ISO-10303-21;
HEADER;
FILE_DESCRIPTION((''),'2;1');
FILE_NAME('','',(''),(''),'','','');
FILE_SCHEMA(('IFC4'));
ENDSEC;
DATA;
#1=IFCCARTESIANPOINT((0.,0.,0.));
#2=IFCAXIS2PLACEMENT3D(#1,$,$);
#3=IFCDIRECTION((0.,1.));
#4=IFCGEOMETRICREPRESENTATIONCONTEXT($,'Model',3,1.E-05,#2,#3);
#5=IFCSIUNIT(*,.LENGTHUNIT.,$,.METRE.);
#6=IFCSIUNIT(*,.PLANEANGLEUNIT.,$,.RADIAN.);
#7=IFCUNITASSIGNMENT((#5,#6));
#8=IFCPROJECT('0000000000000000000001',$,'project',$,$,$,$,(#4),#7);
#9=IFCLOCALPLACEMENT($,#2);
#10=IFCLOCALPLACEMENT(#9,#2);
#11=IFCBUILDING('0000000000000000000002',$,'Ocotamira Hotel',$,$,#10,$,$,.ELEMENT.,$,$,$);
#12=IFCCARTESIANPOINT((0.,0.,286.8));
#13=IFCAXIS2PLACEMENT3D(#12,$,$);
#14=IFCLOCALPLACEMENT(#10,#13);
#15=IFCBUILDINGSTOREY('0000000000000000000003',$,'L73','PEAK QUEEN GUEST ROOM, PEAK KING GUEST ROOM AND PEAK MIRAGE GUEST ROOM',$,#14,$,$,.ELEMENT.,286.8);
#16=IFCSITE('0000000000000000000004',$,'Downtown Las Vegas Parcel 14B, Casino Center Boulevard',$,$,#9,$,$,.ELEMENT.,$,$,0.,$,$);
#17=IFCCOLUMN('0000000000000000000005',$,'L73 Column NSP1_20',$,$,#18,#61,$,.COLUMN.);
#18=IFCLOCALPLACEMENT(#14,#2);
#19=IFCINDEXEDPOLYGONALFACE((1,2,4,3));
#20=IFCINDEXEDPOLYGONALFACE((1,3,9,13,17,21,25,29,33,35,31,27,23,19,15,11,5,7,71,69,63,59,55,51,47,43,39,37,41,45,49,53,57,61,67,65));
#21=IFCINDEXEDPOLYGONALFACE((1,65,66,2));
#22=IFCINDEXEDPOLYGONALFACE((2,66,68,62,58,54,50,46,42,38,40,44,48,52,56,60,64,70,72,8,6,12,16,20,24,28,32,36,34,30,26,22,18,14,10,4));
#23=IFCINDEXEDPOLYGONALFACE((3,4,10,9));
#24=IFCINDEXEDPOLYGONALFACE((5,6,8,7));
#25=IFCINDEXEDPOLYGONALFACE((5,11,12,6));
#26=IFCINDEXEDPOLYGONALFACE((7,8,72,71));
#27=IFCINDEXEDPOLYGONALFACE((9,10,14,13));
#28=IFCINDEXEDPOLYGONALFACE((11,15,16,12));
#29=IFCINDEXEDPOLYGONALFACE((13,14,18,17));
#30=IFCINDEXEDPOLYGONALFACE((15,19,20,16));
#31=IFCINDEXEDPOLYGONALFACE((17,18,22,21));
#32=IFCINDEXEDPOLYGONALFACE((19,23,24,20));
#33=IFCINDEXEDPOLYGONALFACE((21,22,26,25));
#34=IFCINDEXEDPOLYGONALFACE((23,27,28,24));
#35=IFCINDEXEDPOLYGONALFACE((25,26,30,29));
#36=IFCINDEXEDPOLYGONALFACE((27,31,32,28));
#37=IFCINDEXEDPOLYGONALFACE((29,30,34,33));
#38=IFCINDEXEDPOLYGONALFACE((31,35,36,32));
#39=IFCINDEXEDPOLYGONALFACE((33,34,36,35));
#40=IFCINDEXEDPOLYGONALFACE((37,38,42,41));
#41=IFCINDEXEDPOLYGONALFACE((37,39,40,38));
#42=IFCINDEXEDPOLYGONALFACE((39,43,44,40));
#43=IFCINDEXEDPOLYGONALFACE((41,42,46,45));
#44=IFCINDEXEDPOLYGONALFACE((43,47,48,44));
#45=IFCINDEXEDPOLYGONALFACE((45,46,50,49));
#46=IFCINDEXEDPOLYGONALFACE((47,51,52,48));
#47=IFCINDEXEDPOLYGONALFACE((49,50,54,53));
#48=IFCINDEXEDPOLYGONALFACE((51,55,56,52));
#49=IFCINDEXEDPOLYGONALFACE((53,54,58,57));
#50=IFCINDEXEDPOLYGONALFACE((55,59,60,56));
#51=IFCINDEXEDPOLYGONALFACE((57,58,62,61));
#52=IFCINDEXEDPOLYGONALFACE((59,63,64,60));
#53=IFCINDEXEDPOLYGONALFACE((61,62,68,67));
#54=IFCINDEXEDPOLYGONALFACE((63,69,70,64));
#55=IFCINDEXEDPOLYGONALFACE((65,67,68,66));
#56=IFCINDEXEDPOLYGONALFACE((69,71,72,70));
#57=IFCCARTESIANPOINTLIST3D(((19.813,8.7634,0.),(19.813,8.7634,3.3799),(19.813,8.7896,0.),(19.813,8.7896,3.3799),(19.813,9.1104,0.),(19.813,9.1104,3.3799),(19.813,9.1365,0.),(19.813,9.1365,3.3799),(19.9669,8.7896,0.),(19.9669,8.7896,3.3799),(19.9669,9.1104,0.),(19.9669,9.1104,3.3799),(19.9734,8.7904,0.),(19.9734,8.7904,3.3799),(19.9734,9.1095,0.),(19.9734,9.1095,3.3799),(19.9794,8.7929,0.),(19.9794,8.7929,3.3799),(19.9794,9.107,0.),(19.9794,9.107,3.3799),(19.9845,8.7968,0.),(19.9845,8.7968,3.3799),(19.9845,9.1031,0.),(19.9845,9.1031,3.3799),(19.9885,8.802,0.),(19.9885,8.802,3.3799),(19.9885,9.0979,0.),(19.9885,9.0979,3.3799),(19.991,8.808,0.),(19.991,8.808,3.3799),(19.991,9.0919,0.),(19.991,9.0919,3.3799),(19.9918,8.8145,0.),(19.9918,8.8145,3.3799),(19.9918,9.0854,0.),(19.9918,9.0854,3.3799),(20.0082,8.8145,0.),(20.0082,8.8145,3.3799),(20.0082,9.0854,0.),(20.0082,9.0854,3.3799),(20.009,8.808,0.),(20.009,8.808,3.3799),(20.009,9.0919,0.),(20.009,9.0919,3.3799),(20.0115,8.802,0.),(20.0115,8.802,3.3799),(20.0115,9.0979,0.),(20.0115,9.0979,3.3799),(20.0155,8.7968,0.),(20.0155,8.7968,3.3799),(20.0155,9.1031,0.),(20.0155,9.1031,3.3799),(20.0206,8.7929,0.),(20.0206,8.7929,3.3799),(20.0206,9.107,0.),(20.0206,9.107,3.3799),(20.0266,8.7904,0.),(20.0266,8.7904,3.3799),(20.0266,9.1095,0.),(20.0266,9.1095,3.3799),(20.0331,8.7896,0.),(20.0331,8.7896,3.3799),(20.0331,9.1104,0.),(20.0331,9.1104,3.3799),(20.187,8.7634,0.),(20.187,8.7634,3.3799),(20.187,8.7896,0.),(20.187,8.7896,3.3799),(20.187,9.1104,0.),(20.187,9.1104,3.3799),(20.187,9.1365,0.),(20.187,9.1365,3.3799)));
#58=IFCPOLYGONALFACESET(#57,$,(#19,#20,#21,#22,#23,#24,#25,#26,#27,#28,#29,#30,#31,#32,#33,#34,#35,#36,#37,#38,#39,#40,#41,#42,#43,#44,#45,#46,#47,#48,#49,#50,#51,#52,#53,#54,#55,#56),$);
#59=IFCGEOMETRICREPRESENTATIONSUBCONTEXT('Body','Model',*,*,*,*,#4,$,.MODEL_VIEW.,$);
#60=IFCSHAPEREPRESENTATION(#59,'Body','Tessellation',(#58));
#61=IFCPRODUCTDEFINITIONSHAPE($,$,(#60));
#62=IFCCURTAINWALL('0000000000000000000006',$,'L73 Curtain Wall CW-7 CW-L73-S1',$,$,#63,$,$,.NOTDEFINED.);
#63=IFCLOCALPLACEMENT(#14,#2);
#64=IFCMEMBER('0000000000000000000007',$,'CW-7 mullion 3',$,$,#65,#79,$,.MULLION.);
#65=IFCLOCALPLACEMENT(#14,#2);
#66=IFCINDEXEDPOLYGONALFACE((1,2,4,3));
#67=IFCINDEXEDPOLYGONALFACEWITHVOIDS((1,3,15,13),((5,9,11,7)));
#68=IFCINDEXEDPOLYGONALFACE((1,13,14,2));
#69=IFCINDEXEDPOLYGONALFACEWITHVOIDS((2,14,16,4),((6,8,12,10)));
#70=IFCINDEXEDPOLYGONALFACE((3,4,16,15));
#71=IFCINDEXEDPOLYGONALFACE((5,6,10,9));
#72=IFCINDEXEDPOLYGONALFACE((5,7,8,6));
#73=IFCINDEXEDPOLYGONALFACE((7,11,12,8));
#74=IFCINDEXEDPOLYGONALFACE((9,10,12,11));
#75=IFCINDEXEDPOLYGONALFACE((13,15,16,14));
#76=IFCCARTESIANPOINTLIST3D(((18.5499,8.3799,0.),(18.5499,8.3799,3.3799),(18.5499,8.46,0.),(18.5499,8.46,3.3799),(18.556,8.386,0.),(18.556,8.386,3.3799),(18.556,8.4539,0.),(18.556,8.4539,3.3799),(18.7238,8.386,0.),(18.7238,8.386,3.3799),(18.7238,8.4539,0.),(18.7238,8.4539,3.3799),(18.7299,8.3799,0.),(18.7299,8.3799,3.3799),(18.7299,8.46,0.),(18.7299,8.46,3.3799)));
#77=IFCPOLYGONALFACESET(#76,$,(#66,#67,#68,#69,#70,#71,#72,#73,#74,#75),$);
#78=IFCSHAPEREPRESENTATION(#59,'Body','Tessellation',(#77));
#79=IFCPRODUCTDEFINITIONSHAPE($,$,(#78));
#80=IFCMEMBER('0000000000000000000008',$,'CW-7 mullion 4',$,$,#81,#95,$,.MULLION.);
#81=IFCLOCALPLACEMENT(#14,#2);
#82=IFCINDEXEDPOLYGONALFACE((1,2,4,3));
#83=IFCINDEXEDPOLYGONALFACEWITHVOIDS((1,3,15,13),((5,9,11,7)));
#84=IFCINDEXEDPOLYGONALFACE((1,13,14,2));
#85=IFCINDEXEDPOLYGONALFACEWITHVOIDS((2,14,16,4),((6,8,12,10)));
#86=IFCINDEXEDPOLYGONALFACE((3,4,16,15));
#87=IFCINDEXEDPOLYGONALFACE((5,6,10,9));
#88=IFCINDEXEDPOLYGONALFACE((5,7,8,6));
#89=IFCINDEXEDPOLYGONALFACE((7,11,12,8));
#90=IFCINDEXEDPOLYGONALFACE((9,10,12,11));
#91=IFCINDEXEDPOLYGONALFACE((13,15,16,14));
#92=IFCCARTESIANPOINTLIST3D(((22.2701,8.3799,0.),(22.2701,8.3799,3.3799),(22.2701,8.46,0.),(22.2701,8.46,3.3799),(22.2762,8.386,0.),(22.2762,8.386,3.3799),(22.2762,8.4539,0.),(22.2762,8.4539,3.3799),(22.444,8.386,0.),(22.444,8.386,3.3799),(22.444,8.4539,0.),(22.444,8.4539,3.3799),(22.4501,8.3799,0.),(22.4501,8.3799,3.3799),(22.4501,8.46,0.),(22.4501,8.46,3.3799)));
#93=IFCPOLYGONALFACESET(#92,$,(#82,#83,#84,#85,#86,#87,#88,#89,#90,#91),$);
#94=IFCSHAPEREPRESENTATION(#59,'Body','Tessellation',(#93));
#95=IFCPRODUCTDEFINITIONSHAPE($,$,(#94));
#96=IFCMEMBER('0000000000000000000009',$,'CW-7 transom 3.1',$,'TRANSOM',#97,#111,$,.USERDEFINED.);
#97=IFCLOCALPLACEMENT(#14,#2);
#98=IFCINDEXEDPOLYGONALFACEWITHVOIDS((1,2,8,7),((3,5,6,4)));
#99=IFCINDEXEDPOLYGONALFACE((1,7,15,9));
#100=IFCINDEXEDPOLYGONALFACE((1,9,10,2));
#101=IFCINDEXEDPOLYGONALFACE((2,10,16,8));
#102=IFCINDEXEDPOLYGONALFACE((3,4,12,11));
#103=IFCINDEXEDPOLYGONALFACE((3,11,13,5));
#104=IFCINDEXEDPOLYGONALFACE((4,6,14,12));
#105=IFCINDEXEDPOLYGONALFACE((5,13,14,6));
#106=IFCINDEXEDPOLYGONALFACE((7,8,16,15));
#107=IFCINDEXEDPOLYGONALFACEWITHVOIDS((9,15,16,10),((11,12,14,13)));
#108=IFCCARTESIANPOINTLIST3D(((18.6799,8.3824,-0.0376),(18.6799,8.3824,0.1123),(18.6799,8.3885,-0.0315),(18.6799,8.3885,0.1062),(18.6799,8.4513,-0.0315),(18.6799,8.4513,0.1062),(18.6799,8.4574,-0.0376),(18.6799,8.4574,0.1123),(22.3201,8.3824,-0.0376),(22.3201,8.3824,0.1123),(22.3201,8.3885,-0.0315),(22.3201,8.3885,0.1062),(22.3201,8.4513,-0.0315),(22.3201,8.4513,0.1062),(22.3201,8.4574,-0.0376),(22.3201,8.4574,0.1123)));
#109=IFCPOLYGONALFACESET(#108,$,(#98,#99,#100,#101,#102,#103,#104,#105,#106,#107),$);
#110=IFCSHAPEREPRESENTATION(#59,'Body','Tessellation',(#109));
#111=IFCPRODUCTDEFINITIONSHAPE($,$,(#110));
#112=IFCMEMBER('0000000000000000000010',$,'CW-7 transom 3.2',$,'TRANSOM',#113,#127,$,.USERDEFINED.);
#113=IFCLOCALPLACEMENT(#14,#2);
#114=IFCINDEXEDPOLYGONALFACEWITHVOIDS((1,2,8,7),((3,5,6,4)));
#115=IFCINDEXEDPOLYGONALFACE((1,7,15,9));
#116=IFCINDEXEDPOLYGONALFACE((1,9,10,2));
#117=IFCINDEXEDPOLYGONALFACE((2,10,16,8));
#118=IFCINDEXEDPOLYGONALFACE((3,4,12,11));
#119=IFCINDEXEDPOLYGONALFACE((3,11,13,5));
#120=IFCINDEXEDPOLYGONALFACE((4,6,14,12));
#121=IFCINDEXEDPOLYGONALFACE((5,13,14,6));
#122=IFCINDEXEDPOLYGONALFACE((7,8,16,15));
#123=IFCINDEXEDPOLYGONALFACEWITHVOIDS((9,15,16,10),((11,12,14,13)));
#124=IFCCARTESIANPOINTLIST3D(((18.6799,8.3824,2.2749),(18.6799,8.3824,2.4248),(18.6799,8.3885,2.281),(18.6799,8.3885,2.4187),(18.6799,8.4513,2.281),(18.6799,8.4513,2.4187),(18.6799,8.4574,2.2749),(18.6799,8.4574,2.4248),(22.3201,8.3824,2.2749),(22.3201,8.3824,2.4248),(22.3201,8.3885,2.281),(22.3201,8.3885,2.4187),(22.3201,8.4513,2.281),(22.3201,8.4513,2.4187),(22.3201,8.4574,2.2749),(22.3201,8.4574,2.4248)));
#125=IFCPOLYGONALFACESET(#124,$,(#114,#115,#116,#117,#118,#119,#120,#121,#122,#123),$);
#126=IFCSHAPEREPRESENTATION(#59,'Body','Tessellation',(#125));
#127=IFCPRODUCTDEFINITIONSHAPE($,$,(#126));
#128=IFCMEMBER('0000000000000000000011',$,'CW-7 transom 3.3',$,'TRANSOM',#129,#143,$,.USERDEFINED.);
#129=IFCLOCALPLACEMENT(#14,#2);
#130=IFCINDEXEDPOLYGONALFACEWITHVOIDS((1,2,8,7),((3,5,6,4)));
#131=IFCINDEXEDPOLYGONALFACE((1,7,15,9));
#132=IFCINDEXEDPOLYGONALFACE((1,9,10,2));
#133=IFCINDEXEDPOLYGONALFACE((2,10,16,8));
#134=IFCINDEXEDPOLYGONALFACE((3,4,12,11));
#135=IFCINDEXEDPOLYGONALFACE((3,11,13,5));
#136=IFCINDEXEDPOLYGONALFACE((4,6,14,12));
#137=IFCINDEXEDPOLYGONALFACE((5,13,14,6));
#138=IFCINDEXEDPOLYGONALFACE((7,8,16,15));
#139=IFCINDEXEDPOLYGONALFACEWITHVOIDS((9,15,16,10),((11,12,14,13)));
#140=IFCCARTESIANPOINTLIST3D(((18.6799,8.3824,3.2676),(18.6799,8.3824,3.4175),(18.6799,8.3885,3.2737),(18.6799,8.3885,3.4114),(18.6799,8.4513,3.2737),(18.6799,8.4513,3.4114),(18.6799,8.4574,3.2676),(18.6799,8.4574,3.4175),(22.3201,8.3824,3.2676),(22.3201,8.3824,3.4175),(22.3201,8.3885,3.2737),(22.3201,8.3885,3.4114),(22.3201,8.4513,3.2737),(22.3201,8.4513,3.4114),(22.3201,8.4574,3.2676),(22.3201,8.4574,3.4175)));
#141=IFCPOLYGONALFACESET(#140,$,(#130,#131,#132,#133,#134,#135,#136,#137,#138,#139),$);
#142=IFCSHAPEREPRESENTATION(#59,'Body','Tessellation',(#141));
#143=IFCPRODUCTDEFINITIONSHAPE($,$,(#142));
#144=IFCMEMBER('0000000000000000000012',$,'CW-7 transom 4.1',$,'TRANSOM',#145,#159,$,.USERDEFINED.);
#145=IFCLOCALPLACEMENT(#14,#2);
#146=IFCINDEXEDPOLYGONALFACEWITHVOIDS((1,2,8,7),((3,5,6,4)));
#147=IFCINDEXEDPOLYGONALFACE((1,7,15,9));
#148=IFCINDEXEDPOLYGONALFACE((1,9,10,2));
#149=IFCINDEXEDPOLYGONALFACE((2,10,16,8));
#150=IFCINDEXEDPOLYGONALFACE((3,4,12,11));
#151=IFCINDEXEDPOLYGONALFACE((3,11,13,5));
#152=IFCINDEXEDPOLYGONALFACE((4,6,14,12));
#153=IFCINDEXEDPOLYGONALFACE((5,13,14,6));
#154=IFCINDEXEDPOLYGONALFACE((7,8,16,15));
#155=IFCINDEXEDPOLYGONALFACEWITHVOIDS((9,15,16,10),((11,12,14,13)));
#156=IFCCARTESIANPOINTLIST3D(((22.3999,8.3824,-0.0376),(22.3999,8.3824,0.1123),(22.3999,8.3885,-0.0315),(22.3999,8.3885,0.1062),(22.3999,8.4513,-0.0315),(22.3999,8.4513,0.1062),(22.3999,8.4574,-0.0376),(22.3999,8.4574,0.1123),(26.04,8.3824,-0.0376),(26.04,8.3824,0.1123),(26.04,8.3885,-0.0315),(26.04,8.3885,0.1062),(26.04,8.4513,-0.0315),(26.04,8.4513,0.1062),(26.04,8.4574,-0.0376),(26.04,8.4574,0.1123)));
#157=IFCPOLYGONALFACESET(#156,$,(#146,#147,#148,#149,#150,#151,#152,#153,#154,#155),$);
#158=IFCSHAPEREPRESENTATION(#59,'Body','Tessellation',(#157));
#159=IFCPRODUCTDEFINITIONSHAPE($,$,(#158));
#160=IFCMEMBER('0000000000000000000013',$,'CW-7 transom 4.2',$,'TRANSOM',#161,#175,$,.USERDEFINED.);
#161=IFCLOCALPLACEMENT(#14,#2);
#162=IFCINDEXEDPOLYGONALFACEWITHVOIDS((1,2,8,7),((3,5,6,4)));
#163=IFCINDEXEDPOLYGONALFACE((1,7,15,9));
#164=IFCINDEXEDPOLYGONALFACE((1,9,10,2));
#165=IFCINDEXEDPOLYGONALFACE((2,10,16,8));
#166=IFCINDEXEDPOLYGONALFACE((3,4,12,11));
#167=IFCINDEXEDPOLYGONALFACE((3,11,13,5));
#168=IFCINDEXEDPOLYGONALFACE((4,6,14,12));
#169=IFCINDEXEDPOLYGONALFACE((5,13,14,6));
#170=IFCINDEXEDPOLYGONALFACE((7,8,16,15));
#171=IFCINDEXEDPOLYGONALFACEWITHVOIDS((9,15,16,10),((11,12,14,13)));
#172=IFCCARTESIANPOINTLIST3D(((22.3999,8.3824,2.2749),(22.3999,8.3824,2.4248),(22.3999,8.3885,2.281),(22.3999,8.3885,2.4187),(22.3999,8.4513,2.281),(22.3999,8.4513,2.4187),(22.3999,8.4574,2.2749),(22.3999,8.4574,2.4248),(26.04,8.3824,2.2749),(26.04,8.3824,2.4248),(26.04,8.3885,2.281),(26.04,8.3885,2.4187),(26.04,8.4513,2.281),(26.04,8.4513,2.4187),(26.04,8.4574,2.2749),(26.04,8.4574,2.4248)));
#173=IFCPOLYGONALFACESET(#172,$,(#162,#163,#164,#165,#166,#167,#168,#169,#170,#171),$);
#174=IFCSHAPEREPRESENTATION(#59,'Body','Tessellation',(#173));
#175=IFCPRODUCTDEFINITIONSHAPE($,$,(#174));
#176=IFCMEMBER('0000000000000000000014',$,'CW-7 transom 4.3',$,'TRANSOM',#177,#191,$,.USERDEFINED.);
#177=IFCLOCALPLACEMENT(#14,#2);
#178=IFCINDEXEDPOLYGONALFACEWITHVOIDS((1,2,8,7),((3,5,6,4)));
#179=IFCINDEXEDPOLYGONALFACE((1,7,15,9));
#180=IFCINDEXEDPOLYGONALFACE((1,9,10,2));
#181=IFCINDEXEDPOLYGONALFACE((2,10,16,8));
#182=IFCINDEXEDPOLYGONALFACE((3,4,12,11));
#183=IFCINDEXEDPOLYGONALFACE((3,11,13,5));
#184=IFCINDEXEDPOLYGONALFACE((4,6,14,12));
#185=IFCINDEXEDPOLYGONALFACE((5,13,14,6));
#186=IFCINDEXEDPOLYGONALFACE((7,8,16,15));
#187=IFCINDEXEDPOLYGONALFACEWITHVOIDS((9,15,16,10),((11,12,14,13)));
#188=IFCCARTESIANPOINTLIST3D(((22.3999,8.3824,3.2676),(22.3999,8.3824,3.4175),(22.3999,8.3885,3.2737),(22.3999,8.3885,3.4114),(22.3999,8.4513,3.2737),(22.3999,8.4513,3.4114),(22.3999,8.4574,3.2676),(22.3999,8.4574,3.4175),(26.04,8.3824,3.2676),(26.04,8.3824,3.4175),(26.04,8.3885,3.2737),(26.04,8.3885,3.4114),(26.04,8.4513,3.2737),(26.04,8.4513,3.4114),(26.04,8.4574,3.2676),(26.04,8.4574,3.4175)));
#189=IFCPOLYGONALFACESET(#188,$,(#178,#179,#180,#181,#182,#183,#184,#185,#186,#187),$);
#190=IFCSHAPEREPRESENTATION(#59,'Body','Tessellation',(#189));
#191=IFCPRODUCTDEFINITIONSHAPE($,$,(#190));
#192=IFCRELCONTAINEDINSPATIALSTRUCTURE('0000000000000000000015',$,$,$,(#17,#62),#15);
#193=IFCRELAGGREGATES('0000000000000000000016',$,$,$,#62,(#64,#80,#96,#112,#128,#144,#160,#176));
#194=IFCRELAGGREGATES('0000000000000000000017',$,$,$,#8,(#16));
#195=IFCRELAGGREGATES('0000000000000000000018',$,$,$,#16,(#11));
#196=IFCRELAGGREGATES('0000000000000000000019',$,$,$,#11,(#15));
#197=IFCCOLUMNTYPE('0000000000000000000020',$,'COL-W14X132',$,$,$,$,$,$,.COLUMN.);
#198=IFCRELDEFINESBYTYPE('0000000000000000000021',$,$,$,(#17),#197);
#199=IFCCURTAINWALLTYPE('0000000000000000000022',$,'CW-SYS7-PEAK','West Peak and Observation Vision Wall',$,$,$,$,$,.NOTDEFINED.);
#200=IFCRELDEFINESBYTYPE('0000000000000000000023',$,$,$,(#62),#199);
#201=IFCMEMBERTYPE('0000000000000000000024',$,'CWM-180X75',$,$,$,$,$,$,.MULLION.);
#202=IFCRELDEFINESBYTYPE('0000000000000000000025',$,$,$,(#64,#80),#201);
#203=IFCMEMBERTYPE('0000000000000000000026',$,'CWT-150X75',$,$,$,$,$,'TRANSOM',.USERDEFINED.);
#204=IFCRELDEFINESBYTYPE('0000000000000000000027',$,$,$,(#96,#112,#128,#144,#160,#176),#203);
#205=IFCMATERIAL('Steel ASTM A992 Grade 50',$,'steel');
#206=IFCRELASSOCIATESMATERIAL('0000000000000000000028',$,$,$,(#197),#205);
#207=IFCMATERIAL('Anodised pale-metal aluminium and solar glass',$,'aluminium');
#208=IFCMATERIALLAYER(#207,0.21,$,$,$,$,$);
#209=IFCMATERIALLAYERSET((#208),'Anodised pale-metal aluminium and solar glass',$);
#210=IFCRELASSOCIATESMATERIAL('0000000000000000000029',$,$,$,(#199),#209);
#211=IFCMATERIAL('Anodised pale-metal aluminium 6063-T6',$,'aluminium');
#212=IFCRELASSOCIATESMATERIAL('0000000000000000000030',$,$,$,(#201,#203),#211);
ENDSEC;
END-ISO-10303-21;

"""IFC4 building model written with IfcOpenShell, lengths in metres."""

from ifc_helpers import new_model, si_unit, direction, frame, origin, origin_2d, place, context, subcontext, project, spatial, hollow_rectangle, i_section, extrude, source, transform, mapped, material, layer, layer_set, material_profile, profile_set, type_object, element, aggregate, save


model = new_model("IFC4")

# Units and contexts
model_context = context("Model", 3, precision=1e-05, world=origin(), true_north=direction((0.0, 1.0)))
body_context = subcontext(model_context, "Body", "Model", "MODEL_VIEW")
ifc_project = project(units=[si_unit("LENGTHUNIT", "METRE"), si_unit("PLANEANGLEUNIT", "RADIAN")], contexts=[model_context])

# Site, building, storey
site_placement = place(None, origin())
site = spatial("IfcSite", under=ifc_project, at=site_placement, Name="Downtown Las Vegas Parcel 14B, Casino Center Boulevard", CompositionType="ELEMENT", RefElevation=0.0)
building_placement = place(site_placement, origin())
building = spatial("IfcBuilding", under=site, at=building_placement, Name="Ocotamira Hotel", CompositionType="ELEMENT")
storey_placement = place(building_placement, frame((0.0, 0.0, 286.8)))
storey = spatial("IfcBuildingStorey", under=building, at=storey_placement, Name="L73", Description="PEAK QUEEN GUEST ROOM, PEAK KING GUEST ROOM AND PEAK MIRAGE GUEST ROOM", CompositionType="ELEMENT", Elevation=286.8)

# Column
ifc_material_1 = material(Name="Steel ASTM A992 Grade 50", Category="steel")
ifc_material_profile_1 = material_profile(ifc_material_1, i_section(OverallWidth=0.374, OverallDepth=0.373, WebThickness=0.0164, FlangeThickness=0.0261, FilletRadius=0.0249, at=origin_2d()), Name="W14X132")
ifc_profile_set_1 = profile_set([ifc_material_profile_1], Name="Steel ASTM A992 Grade 50")
column_type = type_object("IfcColumnType", Name="COL-W14X132", PredefinedType="COLUMN", material=ifc_profile_set_1)
shared_shape_1 = source(origin(), body_context, "Body", "SweptSolid", [
    extrude(i_section(OverallWidth=0.374, OverallDepth=0.373, WebThickness=0.0164, FlangeThickness=0.0261, FilletRadius=0.0249, at=origin_2d()), origin(), (0.0, 0.0, 1.0), 3.3799),
])
column_placement = place(storey_placement, frame((20.0, 8.95, 0.0), z_axis=(0.0, 0.0, 1.0), x_axis=(1.0, 0.0, 0.0)))
element("IfcColumn", 1, at=column_placement, inside=storey, type_object=column_type, Name="L73 Column NSP1_20", PredefinedType="COLUMN", context=body_context, shape_type="MappedRepresentation", body=[
    mapped(shared_shape_1, transform((0.0, 0.0, 0.0), scale=1.0)),
])

# Curtain wall, members
ifc_material_2 = material(Name="Anodised pale-metal aluminium and solar glass", Category="aluminium")
ifc_layer_1 = layer(ifc_material_2, 0.21)
ifc_layer_set_1 = layer_set([ifc_layer_1], Name="Anodised pale-metal aluminium and solar glass")
curtain_wall_type = type_object("IfcCurtainWallType", Name="CW-SYS7-PEAK", Description="West Peak and Observation Vision Wall", PredefinedType="NOTDEFINED", material=ifc_layer_set_1)
curtain_wall_placement = place(storey_placement, origin())
curtain_wall = element("IfcCurtainWall", 2, at=curtain_wall_placement, inside=storey, type_object=curtain_wall_type, Name="L73 Curtain Wall CW-7 CW-L73-S1", PredefinedType="NOTDEFINED")
ifc_material_3 = material(Name="Anodised pale-metal aluminium 6063-T6", Category="aluminium")
ifc_material_profile_2 = material_profile(ifc_material_3, hollow_rectangle(XDim=0.0801, YDim=0.1799, WallThickness=0.0061, at=origin_2d()), Name="HSS180X80X6")
ifc_profile_set_2 = profile_set([ifc_material_profile_2], Name="Anodised pale-metal aluminium 6063-T6")
member_type_1 = type_object("IfcMemberType", Name="CWM-180X75", PredefinedType="MULLION", material=ifc_profile_set_2)
shared_shape_2 = source(origin(), body_context, "Body", "SweptSolid", [
    extrude(hollow_rectangle(XDim=0.0801, YDim=0.1799, WallThickness=0.0061, at=origin_2d()), origin(), (0.0, 0.0, 1.0), 3.3799),
])
member_1_placement = place(storey_placement, frame((18.6399, 8.4199, 0.0), z_axis=(0.0, 0.0, 1.0), x_axis=(0.0, 1.0, 0.0)))
member_1 = element("IfcMember", 3, at=member_1_placement, type_object=member_type_1, Name="CW-7 mullion 3", PredefinedType="MULLION", context=body_context, shape_type="MappedRepresentation", body=[
    mapped(shared_shape_2, transform((0.0, 0.0, 0.0), scale=1.0)),
])
member_2_placement = place(storey_placement, frame((22.3601, 8.4199, 0.0), z_axis=(0.0, 0.0, 1.0), x_axis=(0.0, 1.0, 0.0)))
member_2 = element("IfcMember", 4, at=member_2_placement, type_object=member_type_1, Name="CW-7 mullion 4", PredefinedType="MULLION", context=body_context, shape_type="MappedRepresentation", body=[
    mapped(shared_shape_2, transform((0.0, 0.0, 0.0), scale=1.0)),
])
ifc_material_profile_3 = material_profile(ifc_material_3, hollow_rectangle(XDim=0.075, YDim=0.1499, WallThickness=0.0061, at=origin_2d()), Name="HSS150X75X6")
ifc_profile_set_3 = profile_set([ifc_material_profile_3], Name="Anodised pale-metal aluminium 6063-T6")
member_type_2 = type_object("IfcMemberType", Name="CWT-150X75", ElementType="TRANSOM", PredefinedType="USERDEFINED", material=ifc_profile_set_3)
shared_shape_3 = source(origin(), body_context, "Body", "SweptSolid", [
    extrude(hollow_rectangle(XDim=0.075, YDim=0.1499, WallThickness=0.0061, at=origin_2d()), origin(), (0.0, 0.0, 1.0), 3.6401),
])
member_3_placement = place(storey_placement, frame((18.6799, 8.4199, 0.0374), z_axis=(1.0, 0.0, 0.0), x_axis=(0.0, 1.0, 0.0)))
member_3 = element("IfcMember", 5, at=member_3_placement, type_object=member_type_2, Name="CW-7 transom 3.1", ObjectType="TRANSOM", PredefinedType="USERDEFINED", context=body_context, shape_type="MappedRepresentation", body=[
    mapped(shared_shape_3, transform((0.0, 0.0, 0.0), scale=1.0)),
])
member_4_placement = place(storey_placement, frame((18.6799, 8.4199, 2.3499), z_axis=(1.0, 0.0, 0.0), x_axis=(0.0, 1.0, 0.0)))
member_4 = element("IfcMember", 6, at=member_4_placement, type_object=member_type_2, Name="CW-7 transom 3.2", ObjectType="TRANSOM", PredefinedType="USERDEFINED", context=body_context, shape_type="MappedRepresentation", body=[
    mapped(shared_shape_3, transform((0.0, 0.0, 0.0), scale=1.0)),
])
member_5_placement = place(storey_placement, frame((18.6799, 8.4199, 3.3425), z_axis=(1.0, 0.0, 0.0), x_axis=(0.0, 1.0, 0.0)))
member_5 = element("IfcMember", 7, at=member_5_placement, type_object=member_type_2, Name="CW-7 transom 3.3", ObjectType="TRANSOM", PredefinedType="USERDEFINED", context=body_context, shape_type="MappedRepresentation", body=[
    mapped(shared_shape_3, transform((0.0, 0.0, 0.0), scale=1.0)),
])
member_6_placement = place(storey_placement, frame((22.3999, 8.4199, 0.0374), z_axis=(1.0, 0.0, 0.0), x_axis=(0.0, 1.0, 0.0)))
member_6 = element("IfcMember", 8, at=member_6_placement, type_object=member_type_2, Name="CW-7 transom 4.1", ObjectType="TRANSOM", PredefinedType="USERDEFINED", context=body_context, shape_type="MappedRepresentation", body=[
    mapped(shared_shape_3, transform((0.0, 0.0, 0.0), scale=1.0)),
])
member_7_placement = place(storey_placement, frame((22.3999, 8.4199, 2.3499), z_axis=(1.0, 0.0, 0.0), x_axis=(0.0, 1.0, 0.0)))
member_7 = element("IfcMember", 9, at=member_7_placement, type_object=member_type_2, Name="CW-7 transom 4.2", ObjectType="TRANSOM", PredefinedType="USERDEFINED", context=body_context, shape_type="MappedRepresentation", body=[
    mapped(shared_shape_3, transform((0.0, 0.0, 0.0), scale=1.0)),
])
member_8_placement = place(storey_placement, frame((22.3999, 8.4199, 3.3425), z_axis=(1.0, 0.0, 0.0), x_axis=(0.0, 1.0, 0.0)))
member_8 = element("IfcMember", 10, at=member_8_placement, type_object=member_type_2, Name="CW-7 transom 4.3", ObjectType="TRANSOM", PredefinedType="USERDEFINED", context=body_context, shape_type="MappedRepresentation", body=[
    mapped(shared_shape_3, transform((0.0, 0.0, 0.0), scale=1.0)),
])
aggregate(curtain_wall, [member_1, member_2, member_3, member_4, member_5, member_6, member_7, member_8])

save(model, "model.ifc")
